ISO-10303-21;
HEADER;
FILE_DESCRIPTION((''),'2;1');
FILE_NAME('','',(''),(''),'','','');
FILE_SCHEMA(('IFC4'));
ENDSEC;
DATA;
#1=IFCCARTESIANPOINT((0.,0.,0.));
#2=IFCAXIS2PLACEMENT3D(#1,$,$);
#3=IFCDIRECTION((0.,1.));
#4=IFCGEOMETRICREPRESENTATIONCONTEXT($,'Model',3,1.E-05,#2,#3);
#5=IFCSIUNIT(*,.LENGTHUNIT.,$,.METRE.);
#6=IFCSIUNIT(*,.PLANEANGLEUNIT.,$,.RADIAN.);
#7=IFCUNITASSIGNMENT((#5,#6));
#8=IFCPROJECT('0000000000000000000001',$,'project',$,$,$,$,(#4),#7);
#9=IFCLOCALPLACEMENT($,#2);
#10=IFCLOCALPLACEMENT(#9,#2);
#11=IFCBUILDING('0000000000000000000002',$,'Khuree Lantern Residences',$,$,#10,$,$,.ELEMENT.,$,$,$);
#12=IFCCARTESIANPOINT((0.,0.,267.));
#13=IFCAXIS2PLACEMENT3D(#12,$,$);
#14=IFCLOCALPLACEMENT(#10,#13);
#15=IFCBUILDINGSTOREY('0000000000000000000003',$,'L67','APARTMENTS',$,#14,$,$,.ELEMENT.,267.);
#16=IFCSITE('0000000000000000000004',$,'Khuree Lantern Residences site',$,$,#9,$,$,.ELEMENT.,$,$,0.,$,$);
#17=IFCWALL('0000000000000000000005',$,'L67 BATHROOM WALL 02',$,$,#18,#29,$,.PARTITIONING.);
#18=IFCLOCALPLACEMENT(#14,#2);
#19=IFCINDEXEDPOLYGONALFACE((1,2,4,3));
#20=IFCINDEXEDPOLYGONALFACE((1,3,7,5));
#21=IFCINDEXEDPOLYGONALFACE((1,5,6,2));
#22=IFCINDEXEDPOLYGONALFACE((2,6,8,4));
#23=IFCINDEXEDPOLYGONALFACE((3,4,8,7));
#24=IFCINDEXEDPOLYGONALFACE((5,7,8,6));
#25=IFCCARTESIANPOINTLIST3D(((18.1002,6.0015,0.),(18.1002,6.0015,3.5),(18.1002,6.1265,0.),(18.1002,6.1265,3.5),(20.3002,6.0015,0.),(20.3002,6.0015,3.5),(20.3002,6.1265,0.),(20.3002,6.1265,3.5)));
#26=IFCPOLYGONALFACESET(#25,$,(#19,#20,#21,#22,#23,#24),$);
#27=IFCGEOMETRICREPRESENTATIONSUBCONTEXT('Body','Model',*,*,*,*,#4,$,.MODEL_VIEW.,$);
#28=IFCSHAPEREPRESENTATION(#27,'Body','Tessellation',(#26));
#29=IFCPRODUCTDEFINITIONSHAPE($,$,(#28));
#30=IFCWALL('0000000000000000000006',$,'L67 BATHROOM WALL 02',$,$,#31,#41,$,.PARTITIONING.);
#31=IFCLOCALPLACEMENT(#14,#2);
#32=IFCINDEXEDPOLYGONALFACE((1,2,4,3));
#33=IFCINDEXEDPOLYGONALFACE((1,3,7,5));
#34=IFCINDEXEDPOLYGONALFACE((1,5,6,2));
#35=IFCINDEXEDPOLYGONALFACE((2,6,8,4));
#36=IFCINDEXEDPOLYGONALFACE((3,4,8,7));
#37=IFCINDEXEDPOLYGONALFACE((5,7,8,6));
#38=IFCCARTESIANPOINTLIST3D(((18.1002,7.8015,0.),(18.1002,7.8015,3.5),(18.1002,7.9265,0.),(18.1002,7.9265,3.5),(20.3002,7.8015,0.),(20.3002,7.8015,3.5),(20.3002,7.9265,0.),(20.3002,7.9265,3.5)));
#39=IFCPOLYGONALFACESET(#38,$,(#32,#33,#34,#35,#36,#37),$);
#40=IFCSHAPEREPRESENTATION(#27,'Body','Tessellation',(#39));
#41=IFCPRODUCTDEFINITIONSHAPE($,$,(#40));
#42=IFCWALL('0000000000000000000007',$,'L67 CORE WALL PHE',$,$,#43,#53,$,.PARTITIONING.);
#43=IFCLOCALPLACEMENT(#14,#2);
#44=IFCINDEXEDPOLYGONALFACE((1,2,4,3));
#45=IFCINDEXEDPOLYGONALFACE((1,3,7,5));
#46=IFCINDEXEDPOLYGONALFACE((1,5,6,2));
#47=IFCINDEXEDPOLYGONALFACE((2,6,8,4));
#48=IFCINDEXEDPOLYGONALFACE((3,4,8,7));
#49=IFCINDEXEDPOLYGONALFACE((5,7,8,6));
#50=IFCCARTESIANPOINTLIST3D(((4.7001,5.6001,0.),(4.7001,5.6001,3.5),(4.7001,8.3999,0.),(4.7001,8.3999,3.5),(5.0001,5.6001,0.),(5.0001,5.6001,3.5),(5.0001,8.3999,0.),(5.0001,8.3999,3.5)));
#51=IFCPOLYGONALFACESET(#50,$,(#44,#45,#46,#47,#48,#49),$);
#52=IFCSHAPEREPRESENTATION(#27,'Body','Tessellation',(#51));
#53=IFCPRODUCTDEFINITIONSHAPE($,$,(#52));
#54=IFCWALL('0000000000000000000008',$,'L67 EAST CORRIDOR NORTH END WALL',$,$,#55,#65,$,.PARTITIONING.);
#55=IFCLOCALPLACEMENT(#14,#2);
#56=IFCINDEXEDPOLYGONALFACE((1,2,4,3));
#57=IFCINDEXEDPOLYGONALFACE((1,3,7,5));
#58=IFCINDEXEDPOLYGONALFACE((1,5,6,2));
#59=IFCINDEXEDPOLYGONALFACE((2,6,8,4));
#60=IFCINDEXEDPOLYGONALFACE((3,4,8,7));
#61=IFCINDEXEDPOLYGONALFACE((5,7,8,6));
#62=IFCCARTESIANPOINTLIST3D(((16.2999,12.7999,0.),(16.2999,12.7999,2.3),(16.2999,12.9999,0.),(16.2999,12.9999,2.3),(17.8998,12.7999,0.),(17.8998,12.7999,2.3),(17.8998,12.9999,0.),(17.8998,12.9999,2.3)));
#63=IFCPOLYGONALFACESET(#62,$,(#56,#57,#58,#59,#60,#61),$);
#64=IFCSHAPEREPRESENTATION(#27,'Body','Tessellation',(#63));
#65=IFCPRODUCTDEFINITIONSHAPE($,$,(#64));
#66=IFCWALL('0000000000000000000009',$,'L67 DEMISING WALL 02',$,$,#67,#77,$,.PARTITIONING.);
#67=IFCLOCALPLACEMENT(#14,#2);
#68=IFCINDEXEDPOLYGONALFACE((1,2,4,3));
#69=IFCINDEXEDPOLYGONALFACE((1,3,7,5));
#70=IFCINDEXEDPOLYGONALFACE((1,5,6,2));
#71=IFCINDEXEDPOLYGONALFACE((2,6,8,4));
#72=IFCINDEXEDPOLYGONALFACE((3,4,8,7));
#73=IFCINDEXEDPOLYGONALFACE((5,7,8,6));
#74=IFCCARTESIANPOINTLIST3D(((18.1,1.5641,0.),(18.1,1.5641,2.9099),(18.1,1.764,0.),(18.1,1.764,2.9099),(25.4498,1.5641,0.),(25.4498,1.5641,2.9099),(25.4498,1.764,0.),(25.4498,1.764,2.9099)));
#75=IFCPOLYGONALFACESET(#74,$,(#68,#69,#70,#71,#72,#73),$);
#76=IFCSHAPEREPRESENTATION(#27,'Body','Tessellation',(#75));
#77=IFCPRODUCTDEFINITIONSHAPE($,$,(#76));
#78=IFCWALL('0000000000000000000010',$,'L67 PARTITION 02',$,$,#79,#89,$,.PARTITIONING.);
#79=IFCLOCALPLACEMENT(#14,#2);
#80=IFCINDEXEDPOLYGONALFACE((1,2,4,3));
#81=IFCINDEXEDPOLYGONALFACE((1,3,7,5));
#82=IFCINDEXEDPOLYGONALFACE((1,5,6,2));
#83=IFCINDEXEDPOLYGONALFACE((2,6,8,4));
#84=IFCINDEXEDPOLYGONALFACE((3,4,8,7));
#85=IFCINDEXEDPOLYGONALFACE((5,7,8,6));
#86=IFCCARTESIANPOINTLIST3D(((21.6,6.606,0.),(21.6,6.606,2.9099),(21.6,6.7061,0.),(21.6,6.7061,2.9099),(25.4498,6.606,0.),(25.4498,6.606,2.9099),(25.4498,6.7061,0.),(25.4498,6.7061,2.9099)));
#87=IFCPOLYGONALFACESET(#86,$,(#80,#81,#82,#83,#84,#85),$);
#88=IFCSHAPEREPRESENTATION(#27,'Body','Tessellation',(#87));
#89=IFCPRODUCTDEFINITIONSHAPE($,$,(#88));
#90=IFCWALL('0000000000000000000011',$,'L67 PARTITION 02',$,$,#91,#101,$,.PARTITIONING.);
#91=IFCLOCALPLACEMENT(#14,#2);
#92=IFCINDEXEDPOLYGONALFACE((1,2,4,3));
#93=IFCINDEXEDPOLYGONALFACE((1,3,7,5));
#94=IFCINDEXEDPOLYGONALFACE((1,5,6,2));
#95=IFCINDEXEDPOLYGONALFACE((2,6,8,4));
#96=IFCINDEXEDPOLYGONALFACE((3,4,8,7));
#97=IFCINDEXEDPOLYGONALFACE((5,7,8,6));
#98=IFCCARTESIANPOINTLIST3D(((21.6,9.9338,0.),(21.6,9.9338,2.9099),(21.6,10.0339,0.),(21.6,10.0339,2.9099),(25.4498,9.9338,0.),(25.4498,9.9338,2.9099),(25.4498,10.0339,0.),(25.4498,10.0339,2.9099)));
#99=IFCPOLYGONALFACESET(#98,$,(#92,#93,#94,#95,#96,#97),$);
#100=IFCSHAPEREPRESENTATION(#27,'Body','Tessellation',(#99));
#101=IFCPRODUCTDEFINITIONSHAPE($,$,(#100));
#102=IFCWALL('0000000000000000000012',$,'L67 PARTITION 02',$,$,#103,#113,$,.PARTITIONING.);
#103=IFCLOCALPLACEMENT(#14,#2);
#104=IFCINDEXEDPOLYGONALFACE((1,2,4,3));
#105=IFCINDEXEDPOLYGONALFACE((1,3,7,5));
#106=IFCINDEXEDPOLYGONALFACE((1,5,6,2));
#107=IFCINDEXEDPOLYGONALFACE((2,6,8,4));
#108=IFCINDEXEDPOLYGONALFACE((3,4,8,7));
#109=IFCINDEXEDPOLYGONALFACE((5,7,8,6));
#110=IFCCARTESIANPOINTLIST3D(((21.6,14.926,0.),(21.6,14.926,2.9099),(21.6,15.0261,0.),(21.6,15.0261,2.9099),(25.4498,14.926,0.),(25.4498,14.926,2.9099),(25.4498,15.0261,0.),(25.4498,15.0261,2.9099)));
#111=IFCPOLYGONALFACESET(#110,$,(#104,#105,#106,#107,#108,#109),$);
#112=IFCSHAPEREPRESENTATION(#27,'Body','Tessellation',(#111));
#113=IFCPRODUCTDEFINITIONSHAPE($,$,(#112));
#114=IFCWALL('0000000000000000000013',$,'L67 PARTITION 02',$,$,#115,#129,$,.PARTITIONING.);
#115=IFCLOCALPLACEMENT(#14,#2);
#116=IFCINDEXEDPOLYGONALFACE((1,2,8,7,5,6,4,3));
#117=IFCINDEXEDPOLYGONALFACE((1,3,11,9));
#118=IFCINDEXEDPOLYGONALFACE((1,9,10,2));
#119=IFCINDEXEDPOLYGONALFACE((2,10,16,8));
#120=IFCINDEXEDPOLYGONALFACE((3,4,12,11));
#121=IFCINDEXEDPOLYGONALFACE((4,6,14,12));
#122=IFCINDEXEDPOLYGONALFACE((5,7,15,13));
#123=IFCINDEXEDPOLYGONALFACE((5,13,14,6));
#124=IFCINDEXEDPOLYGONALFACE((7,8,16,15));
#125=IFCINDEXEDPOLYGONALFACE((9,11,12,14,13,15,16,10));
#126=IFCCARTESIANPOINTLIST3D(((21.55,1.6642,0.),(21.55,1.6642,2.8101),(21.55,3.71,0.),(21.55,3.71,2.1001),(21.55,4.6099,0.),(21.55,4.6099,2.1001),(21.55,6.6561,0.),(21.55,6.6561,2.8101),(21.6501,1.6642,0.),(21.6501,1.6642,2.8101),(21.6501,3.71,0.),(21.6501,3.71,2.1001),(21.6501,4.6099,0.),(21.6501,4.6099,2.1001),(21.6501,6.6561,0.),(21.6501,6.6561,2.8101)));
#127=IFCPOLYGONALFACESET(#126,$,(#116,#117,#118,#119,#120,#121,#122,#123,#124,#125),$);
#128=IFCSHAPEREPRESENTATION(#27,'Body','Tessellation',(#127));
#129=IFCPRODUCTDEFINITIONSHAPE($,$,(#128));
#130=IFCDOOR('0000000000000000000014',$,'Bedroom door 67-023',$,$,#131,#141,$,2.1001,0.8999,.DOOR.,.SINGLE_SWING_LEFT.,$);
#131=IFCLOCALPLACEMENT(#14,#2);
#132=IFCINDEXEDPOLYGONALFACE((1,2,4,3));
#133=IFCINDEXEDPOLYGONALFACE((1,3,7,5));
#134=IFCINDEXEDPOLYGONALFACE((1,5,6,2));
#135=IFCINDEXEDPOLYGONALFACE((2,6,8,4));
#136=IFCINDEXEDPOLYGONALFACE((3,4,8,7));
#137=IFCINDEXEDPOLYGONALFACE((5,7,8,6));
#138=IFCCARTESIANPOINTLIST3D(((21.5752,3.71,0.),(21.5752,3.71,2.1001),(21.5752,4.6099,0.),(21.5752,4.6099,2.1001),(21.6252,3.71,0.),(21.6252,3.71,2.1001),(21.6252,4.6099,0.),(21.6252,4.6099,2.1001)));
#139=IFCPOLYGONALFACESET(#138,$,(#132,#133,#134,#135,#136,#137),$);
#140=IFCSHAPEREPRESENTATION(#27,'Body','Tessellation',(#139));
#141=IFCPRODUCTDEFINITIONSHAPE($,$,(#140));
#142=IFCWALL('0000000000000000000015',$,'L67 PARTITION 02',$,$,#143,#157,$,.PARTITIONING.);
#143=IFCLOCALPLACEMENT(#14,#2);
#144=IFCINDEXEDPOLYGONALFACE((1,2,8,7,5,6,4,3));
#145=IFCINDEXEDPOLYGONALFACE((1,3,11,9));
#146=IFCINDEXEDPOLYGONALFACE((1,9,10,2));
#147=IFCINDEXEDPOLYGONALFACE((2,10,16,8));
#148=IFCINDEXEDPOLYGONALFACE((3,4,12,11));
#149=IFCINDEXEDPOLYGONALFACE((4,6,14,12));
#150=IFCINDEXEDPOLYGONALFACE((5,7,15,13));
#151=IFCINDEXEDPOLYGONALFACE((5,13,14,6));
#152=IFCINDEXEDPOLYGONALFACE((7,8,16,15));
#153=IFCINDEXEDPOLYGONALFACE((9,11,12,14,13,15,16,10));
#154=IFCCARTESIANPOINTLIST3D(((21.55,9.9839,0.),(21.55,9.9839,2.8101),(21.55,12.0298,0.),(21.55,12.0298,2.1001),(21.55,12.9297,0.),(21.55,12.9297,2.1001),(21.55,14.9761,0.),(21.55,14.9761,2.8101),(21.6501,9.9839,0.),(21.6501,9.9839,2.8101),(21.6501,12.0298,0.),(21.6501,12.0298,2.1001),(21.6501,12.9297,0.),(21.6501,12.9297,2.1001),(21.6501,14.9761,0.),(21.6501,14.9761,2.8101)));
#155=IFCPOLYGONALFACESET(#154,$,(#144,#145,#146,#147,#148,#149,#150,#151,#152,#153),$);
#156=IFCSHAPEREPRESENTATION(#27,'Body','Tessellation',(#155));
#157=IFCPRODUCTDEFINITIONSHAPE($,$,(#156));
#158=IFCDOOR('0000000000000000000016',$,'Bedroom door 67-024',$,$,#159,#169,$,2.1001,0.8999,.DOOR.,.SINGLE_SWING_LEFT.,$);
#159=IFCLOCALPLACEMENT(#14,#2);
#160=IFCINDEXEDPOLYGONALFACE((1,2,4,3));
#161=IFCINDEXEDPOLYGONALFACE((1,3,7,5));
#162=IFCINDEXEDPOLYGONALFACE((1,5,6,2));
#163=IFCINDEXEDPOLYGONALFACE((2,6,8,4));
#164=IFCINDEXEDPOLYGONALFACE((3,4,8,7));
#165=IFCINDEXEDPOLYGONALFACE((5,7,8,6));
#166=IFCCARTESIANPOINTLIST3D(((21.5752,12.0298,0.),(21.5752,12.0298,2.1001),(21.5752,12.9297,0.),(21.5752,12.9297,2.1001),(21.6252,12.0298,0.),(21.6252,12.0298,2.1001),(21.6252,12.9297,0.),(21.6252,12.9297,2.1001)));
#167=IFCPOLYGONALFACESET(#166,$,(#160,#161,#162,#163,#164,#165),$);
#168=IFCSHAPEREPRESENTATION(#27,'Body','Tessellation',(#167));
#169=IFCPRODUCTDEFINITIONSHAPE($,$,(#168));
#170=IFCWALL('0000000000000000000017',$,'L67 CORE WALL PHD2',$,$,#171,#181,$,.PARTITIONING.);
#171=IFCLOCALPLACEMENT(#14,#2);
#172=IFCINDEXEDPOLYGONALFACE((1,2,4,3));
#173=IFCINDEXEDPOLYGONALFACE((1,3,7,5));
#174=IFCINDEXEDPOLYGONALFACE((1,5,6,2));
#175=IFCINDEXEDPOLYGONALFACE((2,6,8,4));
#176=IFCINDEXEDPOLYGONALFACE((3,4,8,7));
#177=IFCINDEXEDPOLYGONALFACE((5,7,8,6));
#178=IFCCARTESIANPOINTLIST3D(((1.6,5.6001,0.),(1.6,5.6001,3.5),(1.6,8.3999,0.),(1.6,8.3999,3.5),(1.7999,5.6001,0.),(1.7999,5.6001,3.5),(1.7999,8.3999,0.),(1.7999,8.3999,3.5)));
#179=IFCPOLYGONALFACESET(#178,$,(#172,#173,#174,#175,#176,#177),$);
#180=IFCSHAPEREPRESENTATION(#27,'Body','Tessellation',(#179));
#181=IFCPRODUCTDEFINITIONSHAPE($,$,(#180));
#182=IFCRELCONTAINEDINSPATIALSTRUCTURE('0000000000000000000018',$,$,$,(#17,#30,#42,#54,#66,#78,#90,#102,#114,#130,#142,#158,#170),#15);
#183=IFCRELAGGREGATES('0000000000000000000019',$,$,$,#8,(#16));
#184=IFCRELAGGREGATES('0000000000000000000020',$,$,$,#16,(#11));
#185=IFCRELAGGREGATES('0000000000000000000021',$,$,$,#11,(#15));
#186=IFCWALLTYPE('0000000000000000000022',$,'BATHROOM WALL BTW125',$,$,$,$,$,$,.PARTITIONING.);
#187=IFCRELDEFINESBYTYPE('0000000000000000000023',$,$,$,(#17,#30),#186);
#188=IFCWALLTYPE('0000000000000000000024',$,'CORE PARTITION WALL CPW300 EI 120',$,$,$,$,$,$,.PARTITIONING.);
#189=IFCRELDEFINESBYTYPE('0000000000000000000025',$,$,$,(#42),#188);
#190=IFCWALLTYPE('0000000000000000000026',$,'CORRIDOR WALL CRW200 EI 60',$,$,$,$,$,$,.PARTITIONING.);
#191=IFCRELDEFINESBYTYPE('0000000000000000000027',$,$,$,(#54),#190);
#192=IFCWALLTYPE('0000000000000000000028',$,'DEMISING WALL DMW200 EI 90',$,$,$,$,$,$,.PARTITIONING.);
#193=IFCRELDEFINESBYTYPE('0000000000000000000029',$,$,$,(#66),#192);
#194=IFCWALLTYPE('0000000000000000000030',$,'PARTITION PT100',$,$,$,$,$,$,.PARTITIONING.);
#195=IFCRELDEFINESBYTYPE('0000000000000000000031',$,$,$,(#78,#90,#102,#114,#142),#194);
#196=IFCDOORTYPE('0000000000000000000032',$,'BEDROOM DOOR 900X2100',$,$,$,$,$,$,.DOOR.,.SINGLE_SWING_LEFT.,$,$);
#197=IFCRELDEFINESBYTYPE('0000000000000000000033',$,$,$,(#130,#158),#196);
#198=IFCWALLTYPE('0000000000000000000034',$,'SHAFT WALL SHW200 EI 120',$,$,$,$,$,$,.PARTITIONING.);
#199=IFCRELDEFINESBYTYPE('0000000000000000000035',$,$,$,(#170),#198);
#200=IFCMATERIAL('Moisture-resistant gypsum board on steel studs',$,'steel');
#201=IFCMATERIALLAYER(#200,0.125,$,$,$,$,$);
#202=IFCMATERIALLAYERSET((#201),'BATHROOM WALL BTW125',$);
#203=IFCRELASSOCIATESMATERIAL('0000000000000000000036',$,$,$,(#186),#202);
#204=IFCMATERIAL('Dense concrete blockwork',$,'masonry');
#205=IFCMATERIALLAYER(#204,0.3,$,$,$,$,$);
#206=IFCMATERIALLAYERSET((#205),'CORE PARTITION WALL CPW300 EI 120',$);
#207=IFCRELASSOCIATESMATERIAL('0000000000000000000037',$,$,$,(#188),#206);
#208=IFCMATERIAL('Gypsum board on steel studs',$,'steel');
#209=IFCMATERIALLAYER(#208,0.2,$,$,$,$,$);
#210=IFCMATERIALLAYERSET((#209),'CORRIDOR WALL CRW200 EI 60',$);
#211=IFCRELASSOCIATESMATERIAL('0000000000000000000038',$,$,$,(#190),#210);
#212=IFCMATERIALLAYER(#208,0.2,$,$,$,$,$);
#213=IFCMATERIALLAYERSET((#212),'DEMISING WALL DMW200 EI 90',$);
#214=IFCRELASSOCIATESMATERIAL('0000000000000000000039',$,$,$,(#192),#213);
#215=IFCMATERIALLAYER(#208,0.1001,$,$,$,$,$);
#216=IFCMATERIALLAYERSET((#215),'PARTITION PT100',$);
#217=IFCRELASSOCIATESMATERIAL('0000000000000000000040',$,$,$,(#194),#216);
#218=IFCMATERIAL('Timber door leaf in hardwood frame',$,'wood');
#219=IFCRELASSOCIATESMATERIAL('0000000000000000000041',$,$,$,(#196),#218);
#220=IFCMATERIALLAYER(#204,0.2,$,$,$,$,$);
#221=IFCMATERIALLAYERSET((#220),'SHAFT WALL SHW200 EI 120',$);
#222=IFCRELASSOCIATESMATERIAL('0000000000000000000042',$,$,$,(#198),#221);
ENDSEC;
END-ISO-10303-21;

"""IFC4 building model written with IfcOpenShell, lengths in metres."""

from ifc_helpers import new_model, si_unit, direction, frame, frame_2d, origin, place, context, subcontext, project, spatial, rectangle, extrude, material, layer, layer_set, type_object, element, fill, save


model = new_model("IFC4")

# Units and contexts
model_context = context("Model", 3, precision=1e-05, world=origin(), true_north=direction((0.0, 1.0)))
body_context = subcontext(model_context, "Body", "Model", "MODEL_VIEW")
ifc_project = project(units=[si_unit("LENGTHUNIT", "METRE"), si_unit("PLANEANGLEUNIT", "RADIAN")], contexts=[model_context])

# Site, building, storey
site_placement = place(None, origin())
site = spatial("IfcSite", under=ifc_project, at=site_placement, Name="Khuree Lantern Residences site", CompositionType="ELEMENT", RefElevation=0.0)
building_placement = place(site_placement, origin())
building = spatial("IfcBuilding", under=site, at=building_placement, Name="Khuree Lantern Residences", CompositionType="ELEMENT")
storey_placement = place(building_placement, frame((0.0, 0.0, 267.0)))
storey = spatial("IfcBuildingStorey", under=building, at=storey_placement, Name="L67", Description="APARTMENTS", CompositionType="ELEMENT", Elevation=267.0)

# Shared definitions
ifc_material_1 = material(Name="Moisture-resistant gypsum board on steel studs", Category="steel")
ifc_layer_1 = layer(ifc_material_1, 0.125)
ifc_layer_set_1 = layer_set([ifc_layer_1], Name="BATHROOM WALL BTW125")
wall_type_1 = type_object("IfcWallType", Name="BATHROOM WALL BTW125", PredefinedType="PARTITIONING", material=ifc_layer_set_1)
ifc_material_2 = material(Name="Timber door leaf in hardwood frame", Category="wood")

# Walls
for number, where, z_axis, x_axis, name in (
    (1, (18.1001, 6.064, 0.0), (0.0, 0.0, 1.0), (1.0, 0.0, 0.0), "L67 BATHROOM WALL 02"),
    (2, (18.1001, 7.864, 0.0), (0.0, 0.0, 1.0), (1.0, 0.0, 0.0), "L67 BATHROOM WALL 02"),
):
    element("IfcWall", number, at=place(storey_placement, frame(where, z_axis=z_axis, x_axis=x_axis)), inside=storey, type_object=wall_type_1, Name=name, PredefinedType="PARTITIONING", context=body_context, shape_type="SweptSolid", body=[
        extrude(rectangle(XDim=2.2, YDim=0.125, at=frame_2d((1.1001, 0.0))), origin(), (0.0, 0.0, 1.0), 3.5),
    ])
ifc_material_3 = material(Name="Dense concrete blockwork", Category="masonry")
ifc_layer_2 = layer(ifc_material_3, 0.3)
ifc_layer_set_2 = layer_set([ifc_layer_2], Name="CORE PARTITION WALL CPW300 EI 120")
wall_type_2 = type_object("IfcWallType", Name="CORE PARTITION WALL CPW300 EI 120", PredefinedType="PARTITIONING", material=ifc_layer_set_2)
wall_1_placement = place(storey_placement, frame((4.8501, 5.6001, 0.0), z_axis=(0.0, 0.0, 1.0), x_axis=(0.0, 1.0, 0.0)))
element("IfcWall", 3, at=wall_1_placement, inside=storey, type_object=wall_type_2, Name="L67 CORE WALL PHE", PredefinedType="PARTITIONING", context=body_context, shape_type="SweptSolid", body=[
    extrude(rectangle(XDim=2.7998, YDim=0.3, at=frame_2d((1.3999, 0.0))), origin(), (0.0, 0.0, 1.0), 3.5),
])
ifc_material_4 = material(Name="Gypsum board on steel studs", Category="steel")
ifc_layer_3 = layer(ifc_material_4, 0.2)
ifc_layer_set_3 = layer_set([ifc_layer_3], Name="CORRIDOR WALL CRW200 EI 60")
wall_type_3 = type_object("IfcWallType", Name="CORRIDOR WALL CRW200 EI 60", PredefinedType="PARTITIONING", material=ifc_layer_set_3)
wall_2_placement = place(storey_placement, frame((16.3, 12.8999, 0.0), z_axis=(0.0, 0.0, 1.0), x_axis=(1.0, 0.0, 0.0)))
element("IfcWall", 4, at=wall_2_placement, inside=storey, type_object=wall_type_3, Name="L67 EAST CORRIDOR NORTH END WALL", PredefinedType="PARTITIONING", context=body_context, shape_type="SweptSolid", body=[
    extrude(rectangle(XDim=1.5999, YDim=0.2, at=frame_2d((0.7998, 0.0))), origin(), (0.0, 0.0, 1.0), 2.3),
])
ifc_layer_4 = layer(ifc_material_4, 0.2)
ifc_layer_set_4 = layer_set([ifc_layer_4], Name="DEMISING WALL DMW200 EI 90")
wall_type_4 = type_object("IfcWallType", Name="DEMISING WALL DMW200 EI 90", PredefinedType="PARTITIONING", material=ifc_layer_set_4)
wall_3_placement = place(storey_placement, frame((18.1001, 1.6641, 0.0), z_axis=(0.0, 0.0, 1.0), x_axis=(1.0, 0.0, 0.0)))
element("IfcWall", 5, at=wall_3_placement, inside=storey, type_object=wall_type_4, Name="L67 DEMISING WALL 02", PredefinedType="PARTITIONING", context=body_context, shape_type="SweptSolid", body=[
    extrude(rectangle(XDim=7.3499, YDim=0.2, at=frame_2d((3.6748, 0.0))), origin(), (0.0, 0.0, 1.0), 2.9099),
])
ifc_layer_5 = layer(ifc_material_4, 0.1001)
ifc_layer_set_5 = layer_set([ifc_layer_5], Name="PARTITION PT100")
wall_type_5 = type_object("IfcWallType", Name="PARTITION PT100", PredefinedType="PARTITIONING", material=ifc_layer_set_5)
for number, where, z_axis, x_axis, name in (
    (6, (21.6001, 6.656, 0.0), (0.0, 0.0, 1.0), (1.0, 0.0, 0.0), "L67 PARTITION 02"),
    (7, (21.6001, 9.9839, 0.0), (0.0, 0.0, 1.0), (1.0, 0.0, 0.0), "L67 PARTITION 02"),
    (8, (21.6001, 14.9761, 0.0), (0.0, 0.0, 1.0), (1.0, 0.0, 0.0), "L67 PARTITION 02"),
):
    element("IfcWall", number, at=place(storey_placement, frame(where, z_axis=z_axis, x_axis=x_axis)), inside=storey, type_object=wall_type_5, Name=name, PredefinedType="PARTITIONING", context=body_context, shape_type="SweptSolid", body=[
        extrude(rectangle(XDim=3.8499, YDim=0.1001, at=frame_2d((1.9248, 0.0))), origin(), (0.0, 0.0, 1.0), 2.9099),
    ])

# Walls, openings, doors
wall_4_placement = place(storey_placement, frame((21.6001, 1.6641, 0.0), z_axis=(0.0, 0.0, 1.0), x_axis=(0.0, 1.0, 0.0)))
wall_4 = element("IfcWall", 9, at=wall_4_placement, inside=storey, type_object=wall_type_5, Name="L67 PARTITION 02", PredefinedType="PARTITIONING", context=body_context, shape_type="SweptSolid", body=[
    extrude(rectangle(XDim=4.9919, YDim=0.1001, at=frame_2d((2.4961, 0.0))), origin(), (0.0, 0.0, 1.0), 2.8101),
])
opening_1_placement = place(wall_4_placement, frame((2.0459, 0.0, 0.0)))
opening_1 = element("IfcOpeningElement", 10, at=opening_1_placement, cuts=wall_4, PredefinedType="OPENING", context=body_context, shape_type="SweptSolid", body=[
    extrude(rectangle(XDim=0.8999, YDim=2.1001, at=frame_2d((0.45, 1.05))), frame((0.0, 0.0601, 0.0), z_axis=(0.0, -1.0, 0.0), x_axis=(1.0, 0.0, 0.0)), (0.0, 0.0, 1.0), 0.1201),
])
door_type_1 = type_object("IfcDoorType", Name="BEDROOM DOOR 900X2100", OperationType="SINGLE_SWING_LEFT", PredefinedType="DOOR", material=ifc_material_2)
door_1_placement = place(opening_1_placement, origin())
door_1 = element("IfcDoor", 11, at=door_1_placement, inside=storey, type_object=door_type_1, Name="Bedroom door 67-023", OperationType="SINGLE_SWING_LEFT", OverallHeight=2.1001, OverallWidth=0.8999, PredefinedType="DOOR", context=body_context, shape_type="SweptSolid", body=[
    extrude(rectangle(XDim=0.8999, YDim=2.1001, at=frame_2d((0.45, 1.05))), frame((0.0, 0.0249, 0.0), z_axis=(0.0, -1.0, 0.0), x_axis=(1.0, 0.0, 0.0)), (0.0, 0.0, 1.0), 0.05),
])
fill(opening_1, door_1)
wall_5_placement = place(storey_placement, frame((21.6001, 9.9839, 0.0), z_axis=(0.0, 0.0, 1.0), x_axis=(0.0, 1.0, 0.0)))
wall_5 = element("IfcWall", 12, at=wall_5_placement, inside=storey, type_object=wall_type_5, Name="L67 PARTITION 02", PredefinedType="PARTITIONING", context=body_context, shape_type="SweptSolid", body=[
    extrude(rectangle(XDim=4.9922, YDim=0.1001, at=frame_2d((2.4961, 0.0))), origin(), (0.0, 0.0, 1.0), 2.8101),
])
opening_2_placement = place(wall_5_placement, frame((2.0459, 0.0, 0.0)))
opening_2 = element("IfcOpeningElement", 13, at=opening_2_placement, cuts=wall_5, PredefinedType="OPENING", context=body_context, shape_type="SweptSolid", body=[
    extrude(rectangle(XDim=0.8999, YDim=2.1001, at=frame_2d((0.45, 1.05))), frame((0.0, 0.0601, 0.0), z_axis=(0.0, -1.0, 0.0), x_axis=(1.0, 0.0, 0.0)), (0.0, 0.0, 1.0), 0.1201),
])
door_2_placement = place(opening_2_placement, origin())
door_2 = element("IfcDoor", 14, at=door_2_placement, inside=storey, type_object=door_type_1, Name="Bedroom door 67-024", OperationType="SINGLE_SWING_LEFT", OverallHeight=2.1001, OverallWidth=0.8999, PredefinedType="DOOR", context=body_context, shape_type="SweptSolid", body=[
    extrude(rectangle(XDim=0.8999, YDim=2.1001, at=frame_2d((0.45, 1.05))), frame((0.0, 0.0249, 0.0), z_axis=(0.0, -1.0, 0.0), x_axis=(1.0, 0.0, 0.0)), (0.0, 0.0, 1.0), 0.05),
])
fill(opening_2, door_2)

# Wall
ifc_layer_6 = layer(ifc_material_3, 0.2)
ifc_layer_set_6 = layer_set([ifc_layer_6], Name="SHAFT WALL SHW200 EI 120")
wall_type_6 = type_object("IfcWallType", Name="SHAFT WALL SHW200 EI 120", PredefinedType="PARTITIONING", material=ifc_layer_set_6)
wall_6_placement = place(storey_placement, frame((1.7, 5.6001, 0.0), z_axis=(0.0, 0.0, 1.0), x_axis=(0.0, 1.0, 0.0)))
element("IfcWall", 15, at=wall_6_placement, inside=storey, type_object=wall_type_6, Name="L67 CORE WALL PHD2", PredefinedType="PARTITIONING", context=body_context, shape_type="SweptSolid", body=[
    extrude(rectangle(XDim=2.7998, YDim=0.2, at=frame_2d((1.3999, 0.0))), origin(), (0.0, 0.0, 1.0), 3.5),
])

save(model, "model.ifc")
